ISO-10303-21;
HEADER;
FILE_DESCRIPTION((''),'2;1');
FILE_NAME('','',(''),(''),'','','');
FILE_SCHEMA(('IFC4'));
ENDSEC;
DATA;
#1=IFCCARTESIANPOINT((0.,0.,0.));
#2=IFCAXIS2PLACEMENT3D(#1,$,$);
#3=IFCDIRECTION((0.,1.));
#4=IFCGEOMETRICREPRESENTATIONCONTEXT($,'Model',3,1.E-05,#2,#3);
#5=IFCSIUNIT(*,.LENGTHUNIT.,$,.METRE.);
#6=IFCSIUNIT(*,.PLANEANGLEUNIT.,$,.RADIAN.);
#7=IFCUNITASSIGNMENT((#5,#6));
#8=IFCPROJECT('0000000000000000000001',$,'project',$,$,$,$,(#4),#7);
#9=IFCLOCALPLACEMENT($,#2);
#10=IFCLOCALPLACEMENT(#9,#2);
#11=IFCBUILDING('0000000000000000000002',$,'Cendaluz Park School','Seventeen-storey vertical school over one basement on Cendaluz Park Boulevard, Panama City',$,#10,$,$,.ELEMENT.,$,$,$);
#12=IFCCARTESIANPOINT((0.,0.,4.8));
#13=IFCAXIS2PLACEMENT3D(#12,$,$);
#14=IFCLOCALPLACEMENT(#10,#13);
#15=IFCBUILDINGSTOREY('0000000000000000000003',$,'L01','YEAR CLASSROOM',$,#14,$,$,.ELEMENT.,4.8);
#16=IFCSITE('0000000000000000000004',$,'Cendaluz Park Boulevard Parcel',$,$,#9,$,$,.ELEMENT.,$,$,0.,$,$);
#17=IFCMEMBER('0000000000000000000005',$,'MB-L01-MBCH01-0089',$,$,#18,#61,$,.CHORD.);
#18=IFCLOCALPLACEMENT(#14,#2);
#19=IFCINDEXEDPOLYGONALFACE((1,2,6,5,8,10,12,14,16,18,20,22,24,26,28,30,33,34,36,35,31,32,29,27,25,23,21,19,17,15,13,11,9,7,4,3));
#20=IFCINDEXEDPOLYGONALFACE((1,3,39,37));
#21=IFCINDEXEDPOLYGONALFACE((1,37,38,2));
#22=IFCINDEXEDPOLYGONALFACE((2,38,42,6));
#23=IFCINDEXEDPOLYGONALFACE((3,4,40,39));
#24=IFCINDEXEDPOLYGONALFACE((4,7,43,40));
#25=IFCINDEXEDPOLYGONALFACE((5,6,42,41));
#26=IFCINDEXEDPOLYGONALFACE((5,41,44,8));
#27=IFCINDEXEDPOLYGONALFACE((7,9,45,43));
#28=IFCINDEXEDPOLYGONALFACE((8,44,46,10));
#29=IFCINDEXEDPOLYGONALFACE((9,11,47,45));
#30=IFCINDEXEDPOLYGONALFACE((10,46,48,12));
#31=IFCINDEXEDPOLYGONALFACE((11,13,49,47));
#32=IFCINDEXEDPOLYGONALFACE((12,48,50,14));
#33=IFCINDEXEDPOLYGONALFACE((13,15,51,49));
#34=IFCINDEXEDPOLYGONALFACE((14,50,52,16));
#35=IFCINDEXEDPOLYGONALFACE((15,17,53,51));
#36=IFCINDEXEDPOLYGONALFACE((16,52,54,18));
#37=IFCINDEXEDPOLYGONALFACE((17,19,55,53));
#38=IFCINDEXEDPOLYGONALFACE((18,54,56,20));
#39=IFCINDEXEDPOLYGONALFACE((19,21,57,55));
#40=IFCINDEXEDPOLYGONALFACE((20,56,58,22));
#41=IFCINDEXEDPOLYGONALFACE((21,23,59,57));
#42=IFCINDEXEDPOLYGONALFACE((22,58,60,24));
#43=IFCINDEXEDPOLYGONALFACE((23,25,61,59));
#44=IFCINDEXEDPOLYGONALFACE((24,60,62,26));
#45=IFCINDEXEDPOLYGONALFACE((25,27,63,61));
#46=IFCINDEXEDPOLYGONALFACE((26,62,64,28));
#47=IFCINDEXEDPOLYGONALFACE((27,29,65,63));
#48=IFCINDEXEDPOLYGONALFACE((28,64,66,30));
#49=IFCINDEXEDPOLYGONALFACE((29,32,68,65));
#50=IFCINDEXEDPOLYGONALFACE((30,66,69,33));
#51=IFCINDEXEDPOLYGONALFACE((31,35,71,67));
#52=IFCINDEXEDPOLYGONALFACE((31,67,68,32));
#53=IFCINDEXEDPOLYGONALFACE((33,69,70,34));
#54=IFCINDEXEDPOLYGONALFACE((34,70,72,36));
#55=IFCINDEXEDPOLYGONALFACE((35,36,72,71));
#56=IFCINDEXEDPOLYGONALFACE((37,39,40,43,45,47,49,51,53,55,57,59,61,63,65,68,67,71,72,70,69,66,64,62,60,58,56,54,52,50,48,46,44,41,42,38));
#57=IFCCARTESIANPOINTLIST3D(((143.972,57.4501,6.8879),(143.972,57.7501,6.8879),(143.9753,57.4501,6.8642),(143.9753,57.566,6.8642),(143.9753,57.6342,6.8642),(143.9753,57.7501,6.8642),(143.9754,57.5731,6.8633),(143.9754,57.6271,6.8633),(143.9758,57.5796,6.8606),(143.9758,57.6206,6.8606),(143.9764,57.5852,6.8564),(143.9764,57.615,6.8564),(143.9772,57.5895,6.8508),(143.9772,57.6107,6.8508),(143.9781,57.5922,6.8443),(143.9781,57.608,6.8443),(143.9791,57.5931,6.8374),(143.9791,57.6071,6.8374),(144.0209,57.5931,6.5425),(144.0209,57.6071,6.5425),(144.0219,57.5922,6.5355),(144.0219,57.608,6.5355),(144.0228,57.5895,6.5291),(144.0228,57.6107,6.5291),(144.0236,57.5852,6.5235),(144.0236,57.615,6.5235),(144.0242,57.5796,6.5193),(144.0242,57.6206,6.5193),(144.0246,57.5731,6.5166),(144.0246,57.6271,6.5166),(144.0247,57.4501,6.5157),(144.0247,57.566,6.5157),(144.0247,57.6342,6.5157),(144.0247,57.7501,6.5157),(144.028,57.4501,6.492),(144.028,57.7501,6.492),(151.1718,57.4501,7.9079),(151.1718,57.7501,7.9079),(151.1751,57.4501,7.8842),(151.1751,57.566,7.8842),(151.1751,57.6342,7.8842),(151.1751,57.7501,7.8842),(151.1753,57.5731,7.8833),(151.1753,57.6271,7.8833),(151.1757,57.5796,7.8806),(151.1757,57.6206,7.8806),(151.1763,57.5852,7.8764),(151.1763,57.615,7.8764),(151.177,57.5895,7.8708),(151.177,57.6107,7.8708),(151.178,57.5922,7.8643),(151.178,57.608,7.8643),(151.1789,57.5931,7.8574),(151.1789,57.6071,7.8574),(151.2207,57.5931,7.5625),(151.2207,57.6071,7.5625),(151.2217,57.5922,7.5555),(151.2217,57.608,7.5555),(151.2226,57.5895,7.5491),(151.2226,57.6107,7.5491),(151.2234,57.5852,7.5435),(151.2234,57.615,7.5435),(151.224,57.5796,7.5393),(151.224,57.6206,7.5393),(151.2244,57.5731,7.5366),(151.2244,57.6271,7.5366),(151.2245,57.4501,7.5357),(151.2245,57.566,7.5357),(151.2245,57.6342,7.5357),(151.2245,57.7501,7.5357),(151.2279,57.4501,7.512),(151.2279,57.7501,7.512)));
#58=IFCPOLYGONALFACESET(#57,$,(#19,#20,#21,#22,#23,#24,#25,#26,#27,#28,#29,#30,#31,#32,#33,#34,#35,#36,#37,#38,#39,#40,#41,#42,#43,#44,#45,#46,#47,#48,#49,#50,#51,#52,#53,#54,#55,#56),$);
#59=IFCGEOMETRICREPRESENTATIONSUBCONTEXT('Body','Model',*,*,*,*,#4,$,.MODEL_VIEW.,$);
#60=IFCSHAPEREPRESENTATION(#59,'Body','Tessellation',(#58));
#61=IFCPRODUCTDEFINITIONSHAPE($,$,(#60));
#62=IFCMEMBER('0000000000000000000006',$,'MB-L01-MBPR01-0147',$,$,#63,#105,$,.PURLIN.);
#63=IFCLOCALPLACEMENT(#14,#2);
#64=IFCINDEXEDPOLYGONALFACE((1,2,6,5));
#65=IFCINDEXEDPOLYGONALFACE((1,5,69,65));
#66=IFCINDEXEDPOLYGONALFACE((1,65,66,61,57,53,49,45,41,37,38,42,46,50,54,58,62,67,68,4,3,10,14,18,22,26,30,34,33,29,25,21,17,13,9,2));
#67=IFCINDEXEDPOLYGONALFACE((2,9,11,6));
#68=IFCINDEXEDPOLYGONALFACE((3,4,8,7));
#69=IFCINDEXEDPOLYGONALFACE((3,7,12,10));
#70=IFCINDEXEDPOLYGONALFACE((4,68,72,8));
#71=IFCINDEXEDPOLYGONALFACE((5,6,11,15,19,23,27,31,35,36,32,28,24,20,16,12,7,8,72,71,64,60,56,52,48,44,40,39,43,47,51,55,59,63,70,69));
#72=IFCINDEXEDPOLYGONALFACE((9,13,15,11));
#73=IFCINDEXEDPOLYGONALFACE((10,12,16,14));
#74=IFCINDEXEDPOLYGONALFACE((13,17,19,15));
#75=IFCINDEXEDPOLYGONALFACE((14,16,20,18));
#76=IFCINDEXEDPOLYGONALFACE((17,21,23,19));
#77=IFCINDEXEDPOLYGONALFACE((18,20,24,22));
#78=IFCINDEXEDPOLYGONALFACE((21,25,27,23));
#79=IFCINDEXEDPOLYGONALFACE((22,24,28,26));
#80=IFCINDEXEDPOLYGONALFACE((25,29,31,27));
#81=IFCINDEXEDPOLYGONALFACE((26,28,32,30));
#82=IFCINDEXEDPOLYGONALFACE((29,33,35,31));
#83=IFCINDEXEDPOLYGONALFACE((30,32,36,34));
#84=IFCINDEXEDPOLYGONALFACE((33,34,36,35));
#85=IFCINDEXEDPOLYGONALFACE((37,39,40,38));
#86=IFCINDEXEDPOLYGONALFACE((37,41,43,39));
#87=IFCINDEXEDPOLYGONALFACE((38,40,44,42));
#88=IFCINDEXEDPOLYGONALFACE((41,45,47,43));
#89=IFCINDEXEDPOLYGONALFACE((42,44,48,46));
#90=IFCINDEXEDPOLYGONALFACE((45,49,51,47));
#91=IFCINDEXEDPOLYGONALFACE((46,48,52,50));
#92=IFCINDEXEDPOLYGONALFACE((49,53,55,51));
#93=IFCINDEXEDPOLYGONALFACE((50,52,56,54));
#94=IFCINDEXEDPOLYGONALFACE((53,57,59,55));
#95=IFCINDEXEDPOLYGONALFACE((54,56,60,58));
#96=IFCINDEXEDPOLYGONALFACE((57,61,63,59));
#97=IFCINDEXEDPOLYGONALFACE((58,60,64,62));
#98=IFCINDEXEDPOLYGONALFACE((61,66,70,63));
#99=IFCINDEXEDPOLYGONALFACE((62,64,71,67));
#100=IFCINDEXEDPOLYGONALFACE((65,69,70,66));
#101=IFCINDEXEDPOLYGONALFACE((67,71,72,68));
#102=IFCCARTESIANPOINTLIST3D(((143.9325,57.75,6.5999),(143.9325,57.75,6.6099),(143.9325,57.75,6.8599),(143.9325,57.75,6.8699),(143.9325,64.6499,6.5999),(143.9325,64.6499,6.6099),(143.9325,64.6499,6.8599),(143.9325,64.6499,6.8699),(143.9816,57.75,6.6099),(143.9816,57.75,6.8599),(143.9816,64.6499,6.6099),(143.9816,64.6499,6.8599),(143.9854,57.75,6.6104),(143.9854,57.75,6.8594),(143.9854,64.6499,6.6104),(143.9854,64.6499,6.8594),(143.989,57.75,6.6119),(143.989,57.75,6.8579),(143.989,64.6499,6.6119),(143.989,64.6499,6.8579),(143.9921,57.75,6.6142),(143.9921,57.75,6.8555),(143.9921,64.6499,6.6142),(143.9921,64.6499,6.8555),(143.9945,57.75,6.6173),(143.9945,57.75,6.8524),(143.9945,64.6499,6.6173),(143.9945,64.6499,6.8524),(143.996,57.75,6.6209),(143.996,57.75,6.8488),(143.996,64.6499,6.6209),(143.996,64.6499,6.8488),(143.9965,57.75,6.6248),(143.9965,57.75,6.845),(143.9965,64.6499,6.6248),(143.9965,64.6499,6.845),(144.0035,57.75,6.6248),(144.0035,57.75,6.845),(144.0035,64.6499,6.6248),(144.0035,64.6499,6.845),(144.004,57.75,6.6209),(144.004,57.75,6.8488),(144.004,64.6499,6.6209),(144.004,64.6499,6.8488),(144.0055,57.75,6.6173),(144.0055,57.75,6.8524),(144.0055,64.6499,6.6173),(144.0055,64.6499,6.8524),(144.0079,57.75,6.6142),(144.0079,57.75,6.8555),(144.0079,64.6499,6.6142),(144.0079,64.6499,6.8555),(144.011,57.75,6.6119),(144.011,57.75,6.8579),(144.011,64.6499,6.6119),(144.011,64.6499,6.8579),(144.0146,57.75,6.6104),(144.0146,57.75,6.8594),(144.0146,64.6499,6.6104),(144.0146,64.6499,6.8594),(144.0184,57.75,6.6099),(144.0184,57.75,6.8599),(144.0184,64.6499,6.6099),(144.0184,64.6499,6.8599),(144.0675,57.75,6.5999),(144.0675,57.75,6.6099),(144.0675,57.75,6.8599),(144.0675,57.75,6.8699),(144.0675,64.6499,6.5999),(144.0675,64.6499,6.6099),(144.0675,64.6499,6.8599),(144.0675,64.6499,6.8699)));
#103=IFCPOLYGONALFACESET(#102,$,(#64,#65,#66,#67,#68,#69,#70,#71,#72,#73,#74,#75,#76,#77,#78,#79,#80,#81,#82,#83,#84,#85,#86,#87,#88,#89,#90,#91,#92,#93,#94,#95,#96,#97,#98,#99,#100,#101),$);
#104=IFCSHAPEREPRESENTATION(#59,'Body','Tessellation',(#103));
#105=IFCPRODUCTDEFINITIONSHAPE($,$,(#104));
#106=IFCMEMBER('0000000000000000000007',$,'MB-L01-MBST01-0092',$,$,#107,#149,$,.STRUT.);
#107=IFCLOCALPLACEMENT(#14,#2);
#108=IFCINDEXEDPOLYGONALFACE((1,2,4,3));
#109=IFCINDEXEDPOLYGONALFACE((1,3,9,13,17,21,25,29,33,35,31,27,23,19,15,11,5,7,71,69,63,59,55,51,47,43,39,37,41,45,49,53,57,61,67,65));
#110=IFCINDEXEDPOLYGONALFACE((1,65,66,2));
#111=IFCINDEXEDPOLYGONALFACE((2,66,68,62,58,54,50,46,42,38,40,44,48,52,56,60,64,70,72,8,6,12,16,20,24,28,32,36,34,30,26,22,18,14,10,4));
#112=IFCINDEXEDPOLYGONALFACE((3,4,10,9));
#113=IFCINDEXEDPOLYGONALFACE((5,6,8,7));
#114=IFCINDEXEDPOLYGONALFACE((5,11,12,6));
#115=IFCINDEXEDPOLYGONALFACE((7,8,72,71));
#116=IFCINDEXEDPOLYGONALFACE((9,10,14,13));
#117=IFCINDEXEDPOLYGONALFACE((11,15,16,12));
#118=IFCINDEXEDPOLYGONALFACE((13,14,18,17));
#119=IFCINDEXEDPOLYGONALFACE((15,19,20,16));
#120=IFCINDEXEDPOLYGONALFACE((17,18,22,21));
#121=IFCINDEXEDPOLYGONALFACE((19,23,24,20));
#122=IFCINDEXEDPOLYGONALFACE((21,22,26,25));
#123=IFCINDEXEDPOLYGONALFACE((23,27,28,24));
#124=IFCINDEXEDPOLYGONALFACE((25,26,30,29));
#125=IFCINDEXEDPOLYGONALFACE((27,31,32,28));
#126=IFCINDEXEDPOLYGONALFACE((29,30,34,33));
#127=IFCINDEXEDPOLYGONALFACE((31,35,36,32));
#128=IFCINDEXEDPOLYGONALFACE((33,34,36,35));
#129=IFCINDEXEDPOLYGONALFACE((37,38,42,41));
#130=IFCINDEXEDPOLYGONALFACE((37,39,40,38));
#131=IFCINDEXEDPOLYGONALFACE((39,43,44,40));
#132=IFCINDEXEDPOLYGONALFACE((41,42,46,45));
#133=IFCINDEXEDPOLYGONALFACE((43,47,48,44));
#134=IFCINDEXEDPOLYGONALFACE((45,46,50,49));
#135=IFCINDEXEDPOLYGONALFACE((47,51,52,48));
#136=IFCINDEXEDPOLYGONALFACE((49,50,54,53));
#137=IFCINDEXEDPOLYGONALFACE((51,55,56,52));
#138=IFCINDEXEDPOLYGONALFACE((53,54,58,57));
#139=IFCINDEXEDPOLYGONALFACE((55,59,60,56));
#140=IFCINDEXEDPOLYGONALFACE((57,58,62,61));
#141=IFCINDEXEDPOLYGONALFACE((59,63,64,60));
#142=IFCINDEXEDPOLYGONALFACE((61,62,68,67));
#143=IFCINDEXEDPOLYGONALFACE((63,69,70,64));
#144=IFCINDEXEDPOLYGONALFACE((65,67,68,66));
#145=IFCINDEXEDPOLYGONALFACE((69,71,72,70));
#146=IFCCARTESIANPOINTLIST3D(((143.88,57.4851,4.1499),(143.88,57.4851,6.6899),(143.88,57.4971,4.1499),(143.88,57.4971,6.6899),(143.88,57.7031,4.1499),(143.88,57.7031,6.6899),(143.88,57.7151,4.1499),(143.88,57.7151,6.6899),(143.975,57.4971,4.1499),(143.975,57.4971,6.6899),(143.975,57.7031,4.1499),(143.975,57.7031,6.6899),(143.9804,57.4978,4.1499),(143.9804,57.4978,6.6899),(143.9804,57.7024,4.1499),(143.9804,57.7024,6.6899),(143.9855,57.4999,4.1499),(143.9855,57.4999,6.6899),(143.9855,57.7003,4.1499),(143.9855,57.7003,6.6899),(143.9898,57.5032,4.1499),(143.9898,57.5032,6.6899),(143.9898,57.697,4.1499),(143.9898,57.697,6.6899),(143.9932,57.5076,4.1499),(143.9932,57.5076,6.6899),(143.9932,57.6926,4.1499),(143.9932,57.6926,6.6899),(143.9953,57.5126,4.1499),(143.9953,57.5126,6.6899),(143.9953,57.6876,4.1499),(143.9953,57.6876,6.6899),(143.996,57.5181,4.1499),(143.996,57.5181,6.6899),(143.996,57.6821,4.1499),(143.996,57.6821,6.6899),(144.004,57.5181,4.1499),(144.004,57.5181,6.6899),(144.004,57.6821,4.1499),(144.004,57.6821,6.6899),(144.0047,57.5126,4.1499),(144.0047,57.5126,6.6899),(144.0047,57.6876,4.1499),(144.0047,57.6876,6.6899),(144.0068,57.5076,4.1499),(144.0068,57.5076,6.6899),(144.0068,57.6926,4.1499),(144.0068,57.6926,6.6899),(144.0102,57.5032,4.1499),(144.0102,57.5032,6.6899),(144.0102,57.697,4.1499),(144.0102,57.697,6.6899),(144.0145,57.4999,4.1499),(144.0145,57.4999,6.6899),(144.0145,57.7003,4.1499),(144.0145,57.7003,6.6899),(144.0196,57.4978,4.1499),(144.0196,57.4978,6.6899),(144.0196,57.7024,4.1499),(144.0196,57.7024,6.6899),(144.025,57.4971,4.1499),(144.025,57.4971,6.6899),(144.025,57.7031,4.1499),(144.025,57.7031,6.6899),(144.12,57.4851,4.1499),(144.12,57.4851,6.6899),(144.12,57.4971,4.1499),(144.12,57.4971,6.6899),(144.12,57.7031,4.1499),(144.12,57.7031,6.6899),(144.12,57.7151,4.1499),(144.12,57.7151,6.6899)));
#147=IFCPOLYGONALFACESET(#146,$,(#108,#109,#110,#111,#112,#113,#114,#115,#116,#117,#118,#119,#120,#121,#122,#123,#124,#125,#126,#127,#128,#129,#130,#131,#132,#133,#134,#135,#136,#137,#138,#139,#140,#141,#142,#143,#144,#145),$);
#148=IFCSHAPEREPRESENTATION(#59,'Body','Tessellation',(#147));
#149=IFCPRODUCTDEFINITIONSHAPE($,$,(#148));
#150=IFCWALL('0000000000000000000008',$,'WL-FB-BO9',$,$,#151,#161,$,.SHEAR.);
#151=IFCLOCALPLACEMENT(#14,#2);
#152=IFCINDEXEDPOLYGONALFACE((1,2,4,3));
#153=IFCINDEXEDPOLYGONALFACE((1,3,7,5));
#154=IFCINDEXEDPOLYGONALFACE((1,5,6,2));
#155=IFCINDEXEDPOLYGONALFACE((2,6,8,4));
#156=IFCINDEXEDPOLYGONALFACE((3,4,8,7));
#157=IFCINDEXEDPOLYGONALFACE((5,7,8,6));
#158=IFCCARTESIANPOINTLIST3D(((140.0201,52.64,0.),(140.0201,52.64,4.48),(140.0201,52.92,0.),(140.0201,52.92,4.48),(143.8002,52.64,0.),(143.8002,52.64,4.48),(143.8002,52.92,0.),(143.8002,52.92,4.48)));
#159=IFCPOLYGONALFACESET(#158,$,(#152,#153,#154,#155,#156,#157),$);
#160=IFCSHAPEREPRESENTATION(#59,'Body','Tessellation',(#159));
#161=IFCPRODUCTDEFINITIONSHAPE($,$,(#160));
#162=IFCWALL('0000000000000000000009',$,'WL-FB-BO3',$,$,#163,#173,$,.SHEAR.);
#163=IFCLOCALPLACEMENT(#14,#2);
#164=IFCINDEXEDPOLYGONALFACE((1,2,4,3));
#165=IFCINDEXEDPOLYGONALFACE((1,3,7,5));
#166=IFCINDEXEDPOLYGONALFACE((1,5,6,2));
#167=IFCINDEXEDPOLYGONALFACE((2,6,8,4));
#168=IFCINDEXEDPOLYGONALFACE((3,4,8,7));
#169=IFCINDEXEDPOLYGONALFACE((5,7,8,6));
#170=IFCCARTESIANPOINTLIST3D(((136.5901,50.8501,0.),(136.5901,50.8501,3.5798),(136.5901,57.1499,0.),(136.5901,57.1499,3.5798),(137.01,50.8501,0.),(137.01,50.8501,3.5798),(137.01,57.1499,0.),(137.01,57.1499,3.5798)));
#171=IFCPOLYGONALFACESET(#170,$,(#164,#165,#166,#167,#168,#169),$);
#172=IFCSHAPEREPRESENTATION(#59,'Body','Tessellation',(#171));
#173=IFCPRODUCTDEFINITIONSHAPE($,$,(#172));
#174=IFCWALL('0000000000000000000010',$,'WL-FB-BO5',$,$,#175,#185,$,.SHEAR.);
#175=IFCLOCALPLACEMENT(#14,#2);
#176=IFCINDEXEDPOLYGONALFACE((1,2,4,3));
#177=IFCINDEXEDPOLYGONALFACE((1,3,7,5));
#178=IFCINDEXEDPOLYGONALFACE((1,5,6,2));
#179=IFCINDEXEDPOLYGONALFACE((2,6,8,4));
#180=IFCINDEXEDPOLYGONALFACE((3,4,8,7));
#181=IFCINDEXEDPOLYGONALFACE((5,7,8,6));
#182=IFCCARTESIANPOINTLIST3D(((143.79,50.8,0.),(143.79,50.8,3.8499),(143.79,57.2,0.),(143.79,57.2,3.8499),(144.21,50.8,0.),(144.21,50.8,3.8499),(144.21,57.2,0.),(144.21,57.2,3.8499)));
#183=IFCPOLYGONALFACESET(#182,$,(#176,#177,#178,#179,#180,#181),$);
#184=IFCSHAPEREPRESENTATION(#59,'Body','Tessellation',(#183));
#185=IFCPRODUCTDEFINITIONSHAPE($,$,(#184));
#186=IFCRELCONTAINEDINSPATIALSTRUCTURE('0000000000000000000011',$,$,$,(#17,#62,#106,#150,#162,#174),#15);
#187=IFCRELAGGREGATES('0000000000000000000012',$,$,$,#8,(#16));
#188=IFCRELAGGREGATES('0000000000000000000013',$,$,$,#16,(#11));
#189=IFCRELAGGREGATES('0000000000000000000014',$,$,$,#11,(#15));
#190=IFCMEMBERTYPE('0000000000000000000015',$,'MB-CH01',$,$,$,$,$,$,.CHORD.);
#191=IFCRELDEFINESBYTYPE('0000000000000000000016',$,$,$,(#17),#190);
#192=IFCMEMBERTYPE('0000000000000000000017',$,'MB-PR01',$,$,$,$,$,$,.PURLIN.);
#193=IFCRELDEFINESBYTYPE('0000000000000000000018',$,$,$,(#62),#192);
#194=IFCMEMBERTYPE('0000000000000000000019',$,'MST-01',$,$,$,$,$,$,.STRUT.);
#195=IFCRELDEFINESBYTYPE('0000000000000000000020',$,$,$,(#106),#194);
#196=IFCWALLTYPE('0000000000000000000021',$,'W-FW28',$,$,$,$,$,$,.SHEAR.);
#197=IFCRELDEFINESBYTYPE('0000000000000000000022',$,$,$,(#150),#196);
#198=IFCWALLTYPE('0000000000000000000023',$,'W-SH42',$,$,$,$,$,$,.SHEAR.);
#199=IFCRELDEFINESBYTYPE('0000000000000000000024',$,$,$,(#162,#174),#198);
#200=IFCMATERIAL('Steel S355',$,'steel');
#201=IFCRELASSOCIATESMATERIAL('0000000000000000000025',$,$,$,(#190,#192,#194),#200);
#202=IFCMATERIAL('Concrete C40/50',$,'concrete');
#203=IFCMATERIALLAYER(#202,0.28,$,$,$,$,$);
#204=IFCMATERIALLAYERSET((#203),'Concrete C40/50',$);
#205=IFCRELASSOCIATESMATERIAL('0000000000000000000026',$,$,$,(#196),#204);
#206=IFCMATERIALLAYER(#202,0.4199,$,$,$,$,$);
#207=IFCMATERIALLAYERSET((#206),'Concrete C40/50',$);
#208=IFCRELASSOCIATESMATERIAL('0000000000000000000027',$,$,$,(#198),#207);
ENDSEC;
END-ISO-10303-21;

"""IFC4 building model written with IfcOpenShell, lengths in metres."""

from ifc_helpers import new_model, si_unit, direction, frame, frame_2d, origin, origin_2d, place, context, subcontext, project, spatial, rectangle, i_section, extrude, material, layer, layer_set, material_profile, profile_set, type_object, element, save


model = new_model("IFC4")

# Units and contexts
model_context = context("Model", 3, precision=1e-05, world=origin(), true_north=direction((0.0, 1.0)))
body_context = subcontext(model_context, "Body", "Model", "MODEL_VIEW")
ifc_project = project(units=[si_unit("LENGTHUNIT", "METRE"), si_unit("PLANEANGLEUNIT", "RADIAN")], contexts=[model_context])

# Site, building, storey
site_placement = place(None, origin())
site = spatial("IfcSite", under=ifc_project, at=site_placement, Name="Cendaluz Park Boulevard Parcel", CompositionType="ELEMENT", RefElevation=0.0)
building_placement = place(site_placement, origin())
building = spatial("IfcBuilding", under=site, at=building_placement, Name="Cendaluz Park School", Description="Seventeen-storey vertical school over one basement on Cendaluz Park Boulevard, Panama City", CompositionType="ELEMENT")
storey_placement = place(building_placement, frame((0.0, 0.0, 4.8)))
storey = spatial("IfcBuildingStorey", under=building, at=storey_placement, Name="L01", Description="YEAR CLASSROOM", CompositionType="ELEMENT", Elevation=4.8)

# Shared definitions
ifc_material_1 = material(Name="Concrete C40/50", Category="concrete")

# Members
ifc_material_2 = material(Name="Steel S355", Category="steel")
ifc_material_profile_1 = material_profile(ifc_material_2, i_section(OverallWidth=0.3, OverallDepth=0.3999, WebThickness=0.0139, FlangeThickness=0.0239, FilletRadius=0.0271, at=origin_2d()), Name="HEB 400", Category="steel")
ifc_profile_set_1 = profile_set([ifc_material_profile_1], Name="Steel S355")
member_type_1 = type_object("IfcMemberType", Name="MB-CH01", PredefinedType="CHORD", material=ifc_profile_set_1)
member_1_placement = place(storey_placement, frame((144.0, 57.6001, 6.6899), z_axis=(0.990113, 0.0, 0.14027), x_axis=(0.0, 1.0, 0.0)))
element("IfcMember", 1, at=member_1_placement, inside=storey, type_object=member_type_1, Name="MB-L01-MBCH01-0089", PredefinedType="CHORD", context=body_context, shape_type="SweptSolid", body=[
    extrude(i_section(OverallWidth=0.3, OverallDepth=0.3999, WebThickness=0.0139, FlangeThickness=0.0239, FilletRadius=0.0271, at=origin_2d()), origin(), (0.0, 0.0, 1.0), 7.2717),
])
ifc_material_profile_2 = material_profile(ifc_material_2, i_section(OverallWidth=0.135, OverallDepth=0.27, WebThickness=0.0071, FlangeThickness=0.01, FilletRadius=0.0149, at=origin_2d()), Name="IPE 270", Category="steel")
ifc_profile_set_2 = profile_set([ifc_material_profile_2], Name="Steel S355")
member_type_2 = type_object("IfcMemberType", Name="MB-PR01", PredefinedType="PURLIN", material=ifc_profile_set_2)
member_2_placement = place(storey_placement, frame((144.0, 57.75, 6.7349), z_axis=(0.0, 1.0, 0.0), x_axis=(-1.0, 0.0, 0.0)))
element("IfcMember", 2, at=member_2_placement, inside=storey, type_object=member_type_2, Name="MB-L01-MBPR01-0147", PredefinedType="PURLIN", context=body_context, shape_type="SweptSolid", body=[
    extrude(i_section(OverallWidth=0.135, OverallDepth=0.27, WebThickness=0.0071, FlangeThickness=0.01, FilletRadius=0.0149, at=origin_2d()), origin(), (0.0, 0.0, 1.0), 6.8999),
])
ifc_material_profile_3 = material_profile(ifc_material_2, i_section(OverallWidth=0.24, OverallDepth=0.23, WebThickness=0.0081, FlangeThickness=0.012, FilletRadius=0.021, at=origin_2d()), Name="HEA 240", Category="steel")
ifc_profile_set_3 = profile_set([ifc_material_profile_3], Name="Steel S355")
member_type_3 = type_object("IfcMemberType", Name="MST-01", PredefinedType="STRUT", material=ifc_profile_set_3)
member_3_placement = place(storey_placement, frame((144.0, 57.6001, 4.1499), z_axis=(0.0, 0.0, 1.0), x_axis=(1.0, 0.0, 0.0)))
element("IfcMember", 3, at=member_3_placement, inside=storey, type_object=member_type_3, Name="MB-L01-MBST01-0092", PredefinedType="STRUT", context=body_context, shape_type="SweptSolid", body=[
    extrude(i_section(OverallWidth=0.24, OverallDepth=0.23, WebThickness=0.0081, FlangeThickness=0.012, FilletRadius=0.021, at=origin_2d()), origin(), (0.0, 0.0, 1.0), 2.54),
])

# Wall
ifc_layer_1 = layer(ifc_material_1, 0.28)
ifc_layer_set_1 = layer_set([ifc_layer_1], Name="Concrete C40/50")
wall_type_1 = type_object("IfcWallType", Name="W-FW28", PredefinedType="SHEAR", material=ifc_layer_set_1)
wall_1_placement = place(storey_placement, frame((140.02, 52.78, 0.0), z_axis=(0.0, 0.0, 1.0), x_axis=(1.0, 0.0, 0.0)))
element("IfcWall", 4, at=wall_1_placement, inside=storey, type_object=wall_type_1, Name="WL-FB-BO9", PredefinedType="SHEAR", context=body_context, shape_type="SweptSolid", body=[
    extrude(rectangle(XDim=3.78, YDim=0.28, at=frame_2d((1.8901, 0.0))), origin(), (0.0, 0.0, 1.0), 4.48),
])

# Walls
ifc_layer_2 = layer(ifc_material_1, 0.4199)
ifc_layer_set_2 = layer_set([ifc_layer_2], Name="Concrete C40/50")
wall_type_2 = type_object("IfcWallType", Name="W-SH42", PredefinedType="SHEAR", material=ifc_layer_set_2)
wall_2_placement = place(storey_placement, frame((136.8, 50.8501, 0.0), z_axis=(0.0, 0.0, 1.0), x_axis=(0.0, 1.0, 0.0)))
element("IfcWall", 5, at=wall_2_placement, inside=storey, type_object=wall_type_2, Name="WL-FB-BO3", PredefinedType="SHEAR", context=body_context, shape_type="SweptSolid", body=[
    extrude(rectangle(XDim=6.2998, YDim=0.4199, at=frame_2d((3.1499, 0.0))), origin(), (0.0, 0.0, 1.0), 3.5798),
])
wall_3_placement = place(storey_placement, frame((144.0, 50.8, 0.0), z_axis=(0.0, 0.0, 1.0), x_axis=(0.0, 1.0, 0.0)))
element("IfcWall", 6, at=wall_3_placement, inside=storey, type_object=wall_type_2, Name="WL-FB-BO5", PredefinedType="SHEAR", context=body_context, shape_type="SweptSolid", body=[
    extrude(rectangle(XDim=6.3999, YDim=0.4199, at=frame_2d((3.2, 0.0))), origin(), (0.0, 0.0, 1.0), 3.8499),
])

save(model, "model.ifc")
